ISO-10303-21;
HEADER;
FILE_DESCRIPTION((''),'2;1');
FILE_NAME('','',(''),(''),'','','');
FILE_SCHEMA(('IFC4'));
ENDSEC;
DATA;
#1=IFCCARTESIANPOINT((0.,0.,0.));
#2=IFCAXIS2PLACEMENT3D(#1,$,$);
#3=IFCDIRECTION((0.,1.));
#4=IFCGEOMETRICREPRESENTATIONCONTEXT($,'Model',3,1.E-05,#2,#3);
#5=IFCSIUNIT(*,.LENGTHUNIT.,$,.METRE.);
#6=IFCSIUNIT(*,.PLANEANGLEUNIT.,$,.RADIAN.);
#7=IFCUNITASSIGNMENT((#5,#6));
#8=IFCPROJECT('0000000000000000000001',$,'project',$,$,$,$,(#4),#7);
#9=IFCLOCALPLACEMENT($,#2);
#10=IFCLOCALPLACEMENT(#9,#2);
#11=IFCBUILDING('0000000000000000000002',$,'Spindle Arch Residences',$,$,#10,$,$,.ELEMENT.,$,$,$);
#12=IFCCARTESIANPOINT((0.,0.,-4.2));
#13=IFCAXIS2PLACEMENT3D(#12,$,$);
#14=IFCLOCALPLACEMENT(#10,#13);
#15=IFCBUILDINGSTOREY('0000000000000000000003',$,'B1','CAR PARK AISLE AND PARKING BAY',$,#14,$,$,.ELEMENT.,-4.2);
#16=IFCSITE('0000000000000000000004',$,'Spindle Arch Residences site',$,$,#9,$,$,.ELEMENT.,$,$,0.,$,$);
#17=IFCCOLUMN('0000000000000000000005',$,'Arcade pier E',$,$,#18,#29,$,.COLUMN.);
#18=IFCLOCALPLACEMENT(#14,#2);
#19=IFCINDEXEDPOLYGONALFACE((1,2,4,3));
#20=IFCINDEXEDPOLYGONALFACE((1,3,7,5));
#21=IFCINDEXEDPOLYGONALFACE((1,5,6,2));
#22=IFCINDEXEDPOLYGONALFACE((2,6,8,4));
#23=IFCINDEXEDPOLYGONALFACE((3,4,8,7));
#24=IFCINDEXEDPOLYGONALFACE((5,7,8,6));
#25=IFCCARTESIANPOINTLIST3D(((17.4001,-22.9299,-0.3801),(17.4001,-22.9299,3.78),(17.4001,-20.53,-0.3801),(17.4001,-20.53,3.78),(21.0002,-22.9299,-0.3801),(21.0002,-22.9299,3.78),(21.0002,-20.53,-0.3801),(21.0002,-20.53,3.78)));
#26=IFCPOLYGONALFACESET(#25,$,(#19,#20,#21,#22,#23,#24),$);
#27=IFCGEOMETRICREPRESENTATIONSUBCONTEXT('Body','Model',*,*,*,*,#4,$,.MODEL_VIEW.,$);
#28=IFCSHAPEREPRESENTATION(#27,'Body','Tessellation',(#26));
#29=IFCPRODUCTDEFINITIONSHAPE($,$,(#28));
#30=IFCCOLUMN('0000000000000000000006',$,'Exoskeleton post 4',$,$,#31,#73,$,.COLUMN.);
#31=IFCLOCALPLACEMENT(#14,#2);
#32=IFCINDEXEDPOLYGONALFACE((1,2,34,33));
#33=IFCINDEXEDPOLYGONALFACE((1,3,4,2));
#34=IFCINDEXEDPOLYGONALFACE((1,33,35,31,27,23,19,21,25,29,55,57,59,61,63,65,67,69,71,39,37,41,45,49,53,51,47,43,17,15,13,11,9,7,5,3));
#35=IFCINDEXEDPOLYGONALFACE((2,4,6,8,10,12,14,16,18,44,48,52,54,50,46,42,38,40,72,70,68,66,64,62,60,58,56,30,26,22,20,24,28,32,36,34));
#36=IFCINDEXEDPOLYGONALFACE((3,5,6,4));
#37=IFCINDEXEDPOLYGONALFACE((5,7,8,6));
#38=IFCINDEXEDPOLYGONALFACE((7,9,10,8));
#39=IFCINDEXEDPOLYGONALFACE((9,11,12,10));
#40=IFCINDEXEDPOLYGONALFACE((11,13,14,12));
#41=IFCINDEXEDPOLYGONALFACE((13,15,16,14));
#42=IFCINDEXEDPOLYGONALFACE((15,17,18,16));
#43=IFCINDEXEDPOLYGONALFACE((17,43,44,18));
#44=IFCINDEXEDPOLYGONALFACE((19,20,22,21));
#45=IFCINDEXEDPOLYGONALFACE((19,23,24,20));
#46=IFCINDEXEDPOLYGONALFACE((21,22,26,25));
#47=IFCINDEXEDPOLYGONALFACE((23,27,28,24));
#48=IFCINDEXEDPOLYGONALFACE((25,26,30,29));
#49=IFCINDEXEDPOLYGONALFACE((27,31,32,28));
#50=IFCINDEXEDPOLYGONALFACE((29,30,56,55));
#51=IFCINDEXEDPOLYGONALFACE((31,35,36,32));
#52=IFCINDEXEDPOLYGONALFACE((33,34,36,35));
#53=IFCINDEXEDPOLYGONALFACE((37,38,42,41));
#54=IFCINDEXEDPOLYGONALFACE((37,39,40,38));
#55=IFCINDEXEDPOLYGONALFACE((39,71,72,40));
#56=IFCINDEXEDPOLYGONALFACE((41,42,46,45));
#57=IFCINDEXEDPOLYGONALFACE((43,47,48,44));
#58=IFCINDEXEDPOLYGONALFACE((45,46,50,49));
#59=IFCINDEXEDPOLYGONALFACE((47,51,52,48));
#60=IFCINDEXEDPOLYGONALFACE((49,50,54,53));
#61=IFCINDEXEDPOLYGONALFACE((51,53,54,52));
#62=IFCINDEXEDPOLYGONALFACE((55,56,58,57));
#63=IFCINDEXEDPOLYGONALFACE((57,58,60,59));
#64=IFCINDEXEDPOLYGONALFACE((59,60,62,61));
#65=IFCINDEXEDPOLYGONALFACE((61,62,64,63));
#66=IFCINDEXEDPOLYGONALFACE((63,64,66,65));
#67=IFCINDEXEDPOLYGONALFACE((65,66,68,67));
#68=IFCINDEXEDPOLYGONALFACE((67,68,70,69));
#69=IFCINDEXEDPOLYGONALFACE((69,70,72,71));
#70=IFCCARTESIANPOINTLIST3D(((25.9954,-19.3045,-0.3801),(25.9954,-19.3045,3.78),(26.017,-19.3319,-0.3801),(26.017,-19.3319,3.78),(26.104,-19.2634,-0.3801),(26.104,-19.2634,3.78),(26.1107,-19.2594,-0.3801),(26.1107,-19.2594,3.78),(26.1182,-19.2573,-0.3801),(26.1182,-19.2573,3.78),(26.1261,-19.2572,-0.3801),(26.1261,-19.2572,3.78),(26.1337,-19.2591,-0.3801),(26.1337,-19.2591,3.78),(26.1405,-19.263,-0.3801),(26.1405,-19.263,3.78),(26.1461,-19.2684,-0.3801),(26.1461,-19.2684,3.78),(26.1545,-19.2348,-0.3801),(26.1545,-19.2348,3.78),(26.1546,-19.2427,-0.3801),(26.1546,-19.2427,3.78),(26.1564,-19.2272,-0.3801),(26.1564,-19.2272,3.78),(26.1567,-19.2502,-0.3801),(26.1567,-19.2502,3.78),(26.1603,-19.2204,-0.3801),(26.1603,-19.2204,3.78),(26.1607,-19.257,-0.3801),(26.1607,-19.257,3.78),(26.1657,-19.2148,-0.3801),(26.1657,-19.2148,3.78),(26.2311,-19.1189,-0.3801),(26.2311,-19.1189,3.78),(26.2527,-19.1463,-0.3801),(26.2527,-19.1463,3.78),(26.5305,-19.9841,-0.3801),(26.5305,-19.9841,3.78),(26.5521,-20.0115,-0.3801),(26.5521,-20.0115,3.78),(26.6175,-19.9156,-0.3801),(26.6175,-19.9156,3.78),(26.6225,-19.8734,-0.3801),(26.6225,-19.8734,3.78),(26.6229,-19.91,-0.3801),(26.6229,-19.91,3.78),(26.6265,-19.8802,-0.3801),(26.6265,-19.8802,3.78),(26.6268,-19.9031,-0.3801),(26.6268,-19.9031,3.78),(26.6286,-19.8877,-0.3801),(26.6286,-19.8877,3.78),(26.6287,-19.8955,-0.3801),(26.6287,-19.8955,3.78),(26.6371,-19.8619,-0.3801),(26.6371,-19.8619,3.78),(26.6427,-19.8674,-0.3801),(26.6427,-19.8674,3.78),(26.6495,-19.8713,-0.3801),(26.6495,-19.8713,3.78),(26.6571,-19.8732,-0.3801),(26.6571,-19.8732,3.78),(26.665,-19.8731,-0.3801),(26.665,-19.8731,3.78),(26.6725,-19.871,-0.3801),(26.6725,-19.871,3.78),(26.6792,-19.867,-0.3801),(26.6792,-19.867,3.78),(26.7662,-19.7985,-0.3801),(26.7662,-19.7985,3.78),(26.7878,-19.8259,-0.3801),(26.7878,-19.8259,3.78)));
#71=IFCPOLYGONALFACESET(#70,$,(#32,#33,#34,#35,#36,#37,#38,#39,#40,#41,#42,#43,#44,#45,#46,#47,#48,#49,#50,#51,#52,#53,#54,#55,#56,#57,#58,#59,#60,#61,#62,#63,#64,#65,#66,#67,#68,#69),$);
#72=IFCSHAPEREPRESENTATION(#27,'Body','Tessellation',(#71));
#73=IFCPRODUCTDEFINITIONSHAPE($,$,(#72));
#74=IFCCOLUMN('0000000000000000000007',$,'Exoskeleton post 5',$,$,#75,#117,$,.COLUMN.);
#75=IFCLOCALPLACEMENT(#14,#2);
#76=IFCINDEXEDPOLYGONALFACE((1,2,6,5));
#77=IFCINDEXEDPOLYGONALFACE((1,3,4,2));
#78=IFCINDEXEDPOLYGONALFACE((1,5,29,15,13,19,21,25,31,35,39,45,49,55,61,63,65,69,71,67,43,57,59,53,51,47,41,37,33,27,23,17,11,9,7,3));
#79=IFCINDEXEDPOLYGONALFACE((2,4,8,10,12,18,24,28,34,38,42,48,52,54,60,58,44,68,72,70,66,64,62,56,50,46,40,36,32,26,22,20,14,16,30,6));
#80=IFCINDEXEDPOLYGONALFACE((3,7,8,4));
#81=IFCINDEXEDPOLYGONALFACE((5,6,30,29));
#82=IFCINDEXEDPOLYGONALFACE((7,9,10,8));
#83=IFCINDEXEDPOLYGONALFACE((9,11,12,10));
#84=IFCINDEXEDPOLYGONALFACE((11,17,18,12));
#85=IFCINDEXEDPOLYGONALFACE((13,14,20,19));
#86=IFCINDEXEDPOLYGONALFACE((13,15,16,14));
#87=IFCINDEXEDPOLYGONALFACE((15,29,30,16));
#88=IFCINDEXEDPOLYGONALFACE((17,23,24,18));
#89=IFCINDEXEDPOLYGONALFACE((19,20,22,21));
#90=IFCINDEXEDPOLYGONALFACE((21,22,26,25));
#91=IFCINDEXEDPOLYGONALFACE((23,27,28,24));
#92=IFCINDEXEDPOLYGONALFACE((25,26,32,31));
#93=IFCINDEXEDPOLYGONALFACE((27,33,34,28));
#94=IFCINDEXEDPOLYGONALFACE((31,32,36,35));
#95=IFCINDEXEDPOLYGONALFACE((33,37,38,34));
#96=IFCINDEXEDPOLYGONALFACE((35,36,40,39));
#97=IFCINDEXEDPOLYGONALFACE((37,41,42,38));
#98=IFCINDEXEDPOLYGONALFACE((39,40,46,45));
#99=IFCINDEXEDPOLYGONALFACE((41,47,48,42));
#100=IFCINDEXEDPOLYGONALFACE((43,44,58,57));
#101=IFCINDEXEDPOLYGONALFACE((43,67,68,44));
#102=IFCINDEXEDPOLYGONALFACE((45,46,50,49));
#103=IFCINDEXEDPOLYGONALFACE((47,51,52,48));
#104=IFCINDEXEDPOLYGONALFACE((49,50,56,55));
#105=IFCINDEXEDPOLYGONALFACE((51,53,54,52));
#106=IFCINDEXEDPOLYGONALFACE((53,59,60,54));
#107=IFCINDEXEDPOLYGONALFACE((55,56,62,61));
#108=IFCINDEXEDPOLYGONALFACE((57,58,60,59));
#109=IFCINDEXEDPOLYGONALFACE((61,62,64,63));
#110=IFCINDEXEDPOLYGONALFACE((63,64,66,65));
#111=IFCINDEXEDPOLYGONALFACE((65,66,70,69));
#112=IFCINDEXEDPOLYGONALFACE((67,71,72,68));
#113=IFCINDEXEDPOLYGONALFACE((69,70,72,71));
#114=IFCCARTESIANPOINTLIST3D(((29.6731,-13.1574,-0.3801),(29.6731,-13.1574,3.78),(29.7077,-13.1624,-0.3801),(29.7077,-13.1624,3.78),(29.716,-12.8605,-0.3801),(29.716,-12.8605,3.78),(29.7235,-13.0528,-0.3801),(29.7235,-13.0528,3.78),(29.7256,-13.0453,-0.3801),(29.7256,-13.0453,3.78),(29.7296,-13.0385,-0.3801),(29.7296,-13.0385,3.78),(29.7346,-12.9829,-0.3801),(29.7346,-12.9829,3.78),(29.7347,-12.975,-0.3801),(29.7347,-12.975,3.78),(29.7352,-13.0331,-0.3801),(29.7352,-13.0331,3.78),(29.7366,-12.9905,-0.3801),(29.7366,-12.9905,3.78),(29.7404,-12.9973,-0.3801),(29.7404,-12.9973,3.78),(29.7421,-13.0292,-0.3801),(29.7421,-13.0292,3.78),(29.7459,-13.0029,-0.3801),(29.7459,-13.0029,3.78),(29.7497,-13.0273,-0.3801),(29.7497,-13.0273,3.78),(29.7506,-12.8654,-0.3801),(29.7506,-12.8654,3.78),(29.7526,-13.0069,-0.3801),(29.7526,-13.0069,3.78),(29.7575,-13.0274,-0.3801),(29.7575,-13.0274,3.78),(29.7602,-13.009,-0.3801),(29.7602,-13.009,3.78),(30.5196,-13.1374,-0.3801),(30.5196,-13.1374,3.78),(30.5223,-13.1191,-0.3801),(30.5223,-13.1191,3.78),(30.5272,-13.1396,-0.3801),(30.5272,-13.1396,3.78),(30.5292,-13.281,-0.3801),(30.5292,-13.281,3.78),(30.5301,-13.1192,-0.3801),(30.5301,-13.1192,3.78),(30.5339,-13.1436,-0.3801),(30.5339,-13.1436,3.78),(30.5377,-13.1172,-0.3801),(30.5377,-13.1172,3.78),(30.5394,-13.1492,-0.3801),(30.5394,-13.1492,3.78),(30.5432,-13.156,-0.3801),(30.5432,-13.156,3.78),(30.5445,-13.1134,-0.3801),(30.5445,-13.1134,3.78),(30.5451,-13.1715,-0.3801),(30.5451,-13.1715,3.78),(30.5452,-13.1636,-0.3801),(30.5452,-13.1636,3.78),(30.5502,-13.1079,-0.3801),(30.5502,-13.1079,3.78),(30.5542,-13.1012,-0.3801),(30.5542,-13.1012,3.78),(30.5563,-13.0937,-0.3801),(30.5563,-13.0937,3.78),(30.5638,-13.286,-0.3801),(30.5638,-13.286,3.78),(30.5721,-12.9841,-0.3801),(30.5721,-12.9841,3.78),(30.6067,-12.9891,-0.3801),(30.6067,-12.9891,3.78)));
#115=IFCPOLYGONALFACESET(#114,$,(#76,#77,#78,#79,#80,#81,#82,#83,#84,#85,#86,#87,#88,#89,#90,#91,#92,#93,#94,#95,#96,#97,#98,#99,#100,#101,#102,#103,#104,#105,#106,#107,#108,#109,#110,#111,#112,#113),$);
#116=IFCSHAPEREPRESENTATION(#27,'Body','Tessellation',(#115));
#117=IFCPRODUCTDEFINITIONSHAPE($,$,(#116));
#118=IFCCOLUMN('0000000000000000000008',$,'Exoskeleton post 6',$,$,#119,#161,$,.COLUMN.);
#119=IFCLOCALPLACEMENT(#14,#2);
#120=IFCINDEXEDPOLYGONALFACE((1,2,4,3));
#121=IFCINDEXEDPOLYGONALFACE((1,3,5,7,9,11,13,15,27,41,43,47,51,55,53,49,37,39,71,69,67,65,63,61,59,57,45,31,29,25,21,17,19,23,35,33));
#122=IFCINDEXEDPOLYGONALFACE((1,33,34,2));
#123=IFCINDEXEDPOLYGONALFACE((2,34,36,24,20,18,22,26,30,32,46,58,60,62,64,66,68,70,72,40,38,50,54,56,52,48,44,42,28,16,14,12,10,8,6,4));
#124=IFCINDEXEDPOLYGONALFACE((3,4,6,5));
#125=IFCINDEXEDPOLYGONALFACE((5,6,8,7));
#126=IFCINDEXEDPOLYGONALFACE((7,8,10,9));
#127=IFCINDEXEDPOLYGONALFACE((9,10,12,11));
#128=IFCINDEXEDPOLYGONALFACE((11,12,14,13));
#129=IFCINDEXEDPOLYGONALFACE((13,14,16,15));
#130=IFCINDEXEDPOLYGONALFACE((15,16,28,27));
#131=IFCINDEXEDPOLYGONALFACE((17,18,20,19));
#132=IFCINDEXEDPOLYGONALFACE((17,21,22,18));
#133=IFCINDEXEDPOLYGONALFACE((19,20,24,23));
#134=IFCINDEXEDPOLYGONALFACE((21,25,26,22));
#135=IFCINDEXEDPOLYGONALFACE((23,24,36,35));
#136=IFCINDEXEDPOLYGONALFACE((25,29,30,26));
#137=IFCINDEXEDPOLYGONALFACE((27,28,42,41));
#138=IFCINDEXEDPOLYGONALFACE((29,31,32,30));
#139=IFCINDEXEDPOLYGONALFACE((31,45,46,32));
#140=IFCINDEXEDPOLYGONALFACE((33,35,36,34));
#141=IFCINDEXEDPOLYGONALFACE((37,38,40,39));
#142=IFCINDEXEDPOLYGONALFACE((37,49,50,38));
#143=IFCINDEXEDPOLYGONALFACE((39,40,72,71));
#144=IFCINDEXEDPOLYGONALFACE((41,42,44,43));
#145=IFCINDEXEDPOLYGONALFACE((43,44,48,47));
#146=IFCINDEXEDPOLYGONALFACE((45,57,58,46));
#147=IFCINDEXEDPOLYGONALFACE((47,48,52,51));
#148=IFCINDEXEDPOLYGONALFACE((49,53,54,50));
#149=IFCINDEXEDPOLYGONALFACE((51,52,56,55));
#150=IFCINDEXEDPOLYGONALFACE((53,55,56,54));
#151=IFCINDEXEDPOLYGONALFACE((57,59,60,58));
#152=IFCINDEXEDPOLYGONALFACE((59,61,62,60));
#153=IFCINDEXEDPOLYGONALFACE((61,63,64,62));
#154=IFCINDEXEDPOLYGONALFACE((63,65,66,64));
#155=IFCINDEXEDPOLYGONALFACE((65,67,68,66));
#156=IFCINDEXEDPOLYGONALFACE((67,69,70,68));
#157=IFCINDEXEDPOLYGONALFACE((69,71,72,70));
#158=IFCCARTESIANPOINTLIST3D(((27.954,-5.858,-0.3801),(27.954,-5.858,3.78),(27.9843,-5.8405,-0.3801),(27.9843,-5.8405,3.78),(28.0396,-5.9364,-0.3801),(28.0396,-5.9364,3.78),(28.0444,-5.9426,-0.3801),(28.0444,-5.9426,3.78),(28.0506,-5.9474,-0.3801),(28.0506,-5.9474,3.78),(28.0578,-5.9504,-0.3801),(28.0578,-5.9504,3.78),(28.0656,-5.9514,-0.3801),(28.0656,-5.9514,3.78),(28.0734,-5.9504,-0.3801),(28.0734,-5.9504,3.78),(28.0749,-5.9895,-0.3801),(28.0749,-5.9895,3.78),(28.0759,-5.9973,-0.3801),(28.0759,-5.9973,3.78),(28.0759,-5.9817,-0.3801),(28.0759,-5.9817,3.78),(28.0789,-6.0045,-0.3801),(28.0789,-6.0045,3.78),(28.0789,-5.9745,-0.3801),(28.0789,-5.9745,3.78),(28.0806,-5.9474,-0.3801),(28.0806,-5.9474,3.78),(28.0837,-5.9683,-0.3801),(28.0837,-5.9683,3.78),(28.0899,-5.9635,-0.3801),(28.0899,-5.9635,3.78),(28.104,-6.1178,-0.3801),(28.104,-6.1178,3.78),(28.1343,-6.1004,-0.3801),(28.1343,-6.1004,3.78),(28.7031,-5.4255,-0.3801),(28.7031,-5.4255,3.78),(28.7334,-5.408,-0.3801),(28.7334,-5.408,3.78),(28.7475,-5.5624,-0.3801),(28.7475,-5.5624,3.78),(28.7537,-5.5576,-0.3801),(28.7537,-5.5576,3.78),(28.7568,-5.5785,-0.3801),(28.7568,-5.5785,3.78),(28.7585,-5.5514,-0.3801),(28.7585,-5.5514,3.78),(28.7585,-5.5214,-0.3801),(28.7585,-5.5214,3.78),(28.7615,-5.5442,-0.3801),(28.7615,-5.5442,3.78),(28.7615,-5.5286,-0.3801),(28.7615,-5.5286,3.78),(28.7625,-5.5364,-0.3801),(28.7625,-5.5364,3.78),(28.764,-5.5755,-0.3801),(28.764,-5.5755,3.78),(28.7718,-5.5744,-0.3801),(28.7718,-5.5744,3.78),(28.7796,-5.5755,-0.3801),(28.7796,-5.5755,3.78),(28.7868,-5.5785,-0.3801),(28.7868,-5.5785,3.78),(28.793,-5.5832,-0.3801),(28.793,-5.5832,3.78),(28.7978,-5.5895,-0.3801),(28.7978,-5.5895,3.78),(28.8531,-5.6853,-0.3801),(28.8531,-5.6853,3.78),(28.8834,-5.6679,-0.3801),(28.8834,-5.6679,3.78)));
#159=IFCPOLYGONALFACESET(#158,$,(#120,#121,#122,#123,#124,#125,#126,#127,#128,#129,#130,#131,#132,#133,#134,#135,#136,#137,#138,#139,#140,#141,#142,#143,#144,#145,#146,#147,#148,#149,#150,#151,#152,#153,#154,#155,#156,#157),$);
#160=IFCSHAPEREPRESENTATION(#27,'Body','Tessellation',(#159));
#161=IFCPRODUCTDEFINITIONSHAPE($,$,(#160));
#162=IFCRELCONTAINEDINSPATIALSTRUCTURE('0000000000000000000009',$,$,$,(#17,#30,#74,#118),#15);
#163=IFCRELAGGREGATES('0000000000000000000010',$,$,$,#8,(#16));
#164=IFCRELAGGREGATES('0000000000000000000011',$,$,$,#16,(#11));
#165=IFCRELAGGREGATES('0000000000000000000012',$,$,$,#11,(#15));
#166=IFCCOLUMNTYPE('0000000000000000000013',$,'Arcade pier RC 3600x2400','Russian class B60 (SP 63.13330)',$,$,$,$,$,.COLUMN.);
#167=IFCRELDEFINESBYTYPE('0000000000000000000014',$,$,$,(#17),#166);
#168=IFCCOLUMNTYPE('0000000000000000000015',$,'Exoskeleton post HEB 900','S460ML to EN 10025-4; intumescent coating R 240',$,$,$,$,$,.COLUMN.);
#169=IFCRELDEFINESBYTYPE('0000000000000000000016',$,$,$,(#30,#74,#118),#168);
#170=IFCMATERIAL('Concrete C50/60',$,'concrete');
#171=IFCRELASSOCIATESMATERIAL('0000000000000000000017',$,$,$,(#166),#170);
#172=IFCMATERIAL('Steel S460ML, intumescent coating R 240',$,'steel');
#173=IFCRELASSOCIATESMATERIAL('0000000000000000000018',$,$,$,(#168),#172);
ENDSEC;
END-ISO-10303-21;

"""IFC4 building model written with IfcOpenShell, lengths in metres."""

from ifc_helpers import new_model, si_unit, direction, frame, origin, origin_2d, place, context, subcontext, project, spatial, rectangle, i_section, extrude, material, material_profile, profile_set, type_object, element, save


model = new_model("IFC4")

# Units and contexts
model_context = context("Model", 3, precision=1e-05, world=origin(), true_north=direction((0.0, 1.0)))
body_context = subcontext(model_context, "Body", "Model", "MODEL_VIEW")
ifc_project = project(units=[si_unit("LENGTHUNIT", "METRE"), si_unit("PLANEANGLEUNIT", "RADIAN")], contexts=[model_context])

# Site, building, storey
site_placement = place(None, origin())
site = spatial("IfcSite", under=ifc_project, at=site_placement, Name="Spindle Arch Residences site", CompositionType="ELEMENT", RefElevation=0.0)
building_placement = place(site_placement, origin())
building = spatial("IfcBuilding", under=site, at=building_placement, Name="Spindle Arch Residences", CompositionType="ELEMENT")
storey_placement = place(building_placement, frame((0.0, 0.0, -4.2)))
storey = spatial("IfcBuildingStorey", under=building, at=storey_placement, Name="B1", Description="CAR PARK AISLE AND PARKING BAY", CompositionType="ELEMENT", Elevation=-4.2)

# Columns
ifc_material_1 = material(Name="Concrete C50/60", Category="concrete")
ifc_material_profile_1 = material_profile(ifc_material_1, rectangle(XDim=3.6001, YDim=2.3999, at=origin_2d()), Name="RC 3600x2400")
ifc_profile_set_1 = profile_set([ifc_material_profile_1], Name="Concrete C50/60")
column_type_1 = type_object("IfcColumnType", Name="Arcade pier RC 3600x2400", Description="Russian class B60 (SP 63.13330)", PredefinedType="COLUMN", material=ifc_profile_set_1)
column_1_placement = place(storey_placement, frame((19.2002, -21.73, -0.3801), z_axis=(0.0, 0.0, 1.0), x_axis=(1.0, 0.0, 0.0)))
element("IfcColumn", 1, at=column_1_placement, inside=storey, type_object=column_type_1, Name="Arcade pier E", PredefinedType="COLUMN", context=body_context, shape_type="SweptSolid", body=[
    extrude(rectangle(XDim=3.6001, YDim=2.3999, at=origin_2d()), origin(), (0.0, 0.0, 1.0), 4.1602),
])
ifc_material_2 = material(Name="Steel S460ML, intumescent coating R 240", Category="steel")
ifc_material_profile_2 = material_profile(ifc_material_2, i_section(OverallWidth=0.3, OverallDepth=0.8999, WebThickness=0.0186, FlangeThickness=0.0349, FilletRadius=0.03, at=origin_2d()), Name="HEB 900")
ifc_profile_set_2 = profile_set([ifc_material_profile_2], Name="Steel S460ML, intumescent coating R 240")
column_type_2 = type_object("IfcColumnType", Name="Exoskeleton post HEB 900", Description="S460ML to EN 10025-4; intumescent coating R 240", PredefinedType="COLUMN", material=ifc_profile_set_2)
for number, where, z_axis, x_axis, name in (
    (2, (26.3916, -19.5652, -0.3801), (0.0, 0.0, 1.0), (-0.785684, -0.618629, 0.0), "Exoskeleton post 4"),
    (3, (30.1399, -13.0732, -0.3801), (0.0, 0.0, 1.0), (-0.142906, -0.989736, 0.0), "Exoskeleton post 5"),
    (4, (28.4187, -5.7629, -0.3801), (0.0, 0.0, 1.0), (0.5, -0.866025, 0.0), "Exoskeleton post 6"),
):
    element("IfcColumn", number, at=place(storey_placement, frame(where, z_axis=z_axis, x_axis=x_axis)), inside=storey, type_object=column_type_2, Name=name, PredefinedType="COLUMN", context=body_context, shape_type="SweptSolid", body=[
        extrude(i_section(OverallWidth=0.3, OverallDepth=0.8999, WebThickness=0.0186, FlangeThickness=0.0349, FilletRadius=0.03, at=origin_2d()), origin(), (0.0, 0.0, 1.0), 4.1602),
    ])

save(model, "model.ifc")
